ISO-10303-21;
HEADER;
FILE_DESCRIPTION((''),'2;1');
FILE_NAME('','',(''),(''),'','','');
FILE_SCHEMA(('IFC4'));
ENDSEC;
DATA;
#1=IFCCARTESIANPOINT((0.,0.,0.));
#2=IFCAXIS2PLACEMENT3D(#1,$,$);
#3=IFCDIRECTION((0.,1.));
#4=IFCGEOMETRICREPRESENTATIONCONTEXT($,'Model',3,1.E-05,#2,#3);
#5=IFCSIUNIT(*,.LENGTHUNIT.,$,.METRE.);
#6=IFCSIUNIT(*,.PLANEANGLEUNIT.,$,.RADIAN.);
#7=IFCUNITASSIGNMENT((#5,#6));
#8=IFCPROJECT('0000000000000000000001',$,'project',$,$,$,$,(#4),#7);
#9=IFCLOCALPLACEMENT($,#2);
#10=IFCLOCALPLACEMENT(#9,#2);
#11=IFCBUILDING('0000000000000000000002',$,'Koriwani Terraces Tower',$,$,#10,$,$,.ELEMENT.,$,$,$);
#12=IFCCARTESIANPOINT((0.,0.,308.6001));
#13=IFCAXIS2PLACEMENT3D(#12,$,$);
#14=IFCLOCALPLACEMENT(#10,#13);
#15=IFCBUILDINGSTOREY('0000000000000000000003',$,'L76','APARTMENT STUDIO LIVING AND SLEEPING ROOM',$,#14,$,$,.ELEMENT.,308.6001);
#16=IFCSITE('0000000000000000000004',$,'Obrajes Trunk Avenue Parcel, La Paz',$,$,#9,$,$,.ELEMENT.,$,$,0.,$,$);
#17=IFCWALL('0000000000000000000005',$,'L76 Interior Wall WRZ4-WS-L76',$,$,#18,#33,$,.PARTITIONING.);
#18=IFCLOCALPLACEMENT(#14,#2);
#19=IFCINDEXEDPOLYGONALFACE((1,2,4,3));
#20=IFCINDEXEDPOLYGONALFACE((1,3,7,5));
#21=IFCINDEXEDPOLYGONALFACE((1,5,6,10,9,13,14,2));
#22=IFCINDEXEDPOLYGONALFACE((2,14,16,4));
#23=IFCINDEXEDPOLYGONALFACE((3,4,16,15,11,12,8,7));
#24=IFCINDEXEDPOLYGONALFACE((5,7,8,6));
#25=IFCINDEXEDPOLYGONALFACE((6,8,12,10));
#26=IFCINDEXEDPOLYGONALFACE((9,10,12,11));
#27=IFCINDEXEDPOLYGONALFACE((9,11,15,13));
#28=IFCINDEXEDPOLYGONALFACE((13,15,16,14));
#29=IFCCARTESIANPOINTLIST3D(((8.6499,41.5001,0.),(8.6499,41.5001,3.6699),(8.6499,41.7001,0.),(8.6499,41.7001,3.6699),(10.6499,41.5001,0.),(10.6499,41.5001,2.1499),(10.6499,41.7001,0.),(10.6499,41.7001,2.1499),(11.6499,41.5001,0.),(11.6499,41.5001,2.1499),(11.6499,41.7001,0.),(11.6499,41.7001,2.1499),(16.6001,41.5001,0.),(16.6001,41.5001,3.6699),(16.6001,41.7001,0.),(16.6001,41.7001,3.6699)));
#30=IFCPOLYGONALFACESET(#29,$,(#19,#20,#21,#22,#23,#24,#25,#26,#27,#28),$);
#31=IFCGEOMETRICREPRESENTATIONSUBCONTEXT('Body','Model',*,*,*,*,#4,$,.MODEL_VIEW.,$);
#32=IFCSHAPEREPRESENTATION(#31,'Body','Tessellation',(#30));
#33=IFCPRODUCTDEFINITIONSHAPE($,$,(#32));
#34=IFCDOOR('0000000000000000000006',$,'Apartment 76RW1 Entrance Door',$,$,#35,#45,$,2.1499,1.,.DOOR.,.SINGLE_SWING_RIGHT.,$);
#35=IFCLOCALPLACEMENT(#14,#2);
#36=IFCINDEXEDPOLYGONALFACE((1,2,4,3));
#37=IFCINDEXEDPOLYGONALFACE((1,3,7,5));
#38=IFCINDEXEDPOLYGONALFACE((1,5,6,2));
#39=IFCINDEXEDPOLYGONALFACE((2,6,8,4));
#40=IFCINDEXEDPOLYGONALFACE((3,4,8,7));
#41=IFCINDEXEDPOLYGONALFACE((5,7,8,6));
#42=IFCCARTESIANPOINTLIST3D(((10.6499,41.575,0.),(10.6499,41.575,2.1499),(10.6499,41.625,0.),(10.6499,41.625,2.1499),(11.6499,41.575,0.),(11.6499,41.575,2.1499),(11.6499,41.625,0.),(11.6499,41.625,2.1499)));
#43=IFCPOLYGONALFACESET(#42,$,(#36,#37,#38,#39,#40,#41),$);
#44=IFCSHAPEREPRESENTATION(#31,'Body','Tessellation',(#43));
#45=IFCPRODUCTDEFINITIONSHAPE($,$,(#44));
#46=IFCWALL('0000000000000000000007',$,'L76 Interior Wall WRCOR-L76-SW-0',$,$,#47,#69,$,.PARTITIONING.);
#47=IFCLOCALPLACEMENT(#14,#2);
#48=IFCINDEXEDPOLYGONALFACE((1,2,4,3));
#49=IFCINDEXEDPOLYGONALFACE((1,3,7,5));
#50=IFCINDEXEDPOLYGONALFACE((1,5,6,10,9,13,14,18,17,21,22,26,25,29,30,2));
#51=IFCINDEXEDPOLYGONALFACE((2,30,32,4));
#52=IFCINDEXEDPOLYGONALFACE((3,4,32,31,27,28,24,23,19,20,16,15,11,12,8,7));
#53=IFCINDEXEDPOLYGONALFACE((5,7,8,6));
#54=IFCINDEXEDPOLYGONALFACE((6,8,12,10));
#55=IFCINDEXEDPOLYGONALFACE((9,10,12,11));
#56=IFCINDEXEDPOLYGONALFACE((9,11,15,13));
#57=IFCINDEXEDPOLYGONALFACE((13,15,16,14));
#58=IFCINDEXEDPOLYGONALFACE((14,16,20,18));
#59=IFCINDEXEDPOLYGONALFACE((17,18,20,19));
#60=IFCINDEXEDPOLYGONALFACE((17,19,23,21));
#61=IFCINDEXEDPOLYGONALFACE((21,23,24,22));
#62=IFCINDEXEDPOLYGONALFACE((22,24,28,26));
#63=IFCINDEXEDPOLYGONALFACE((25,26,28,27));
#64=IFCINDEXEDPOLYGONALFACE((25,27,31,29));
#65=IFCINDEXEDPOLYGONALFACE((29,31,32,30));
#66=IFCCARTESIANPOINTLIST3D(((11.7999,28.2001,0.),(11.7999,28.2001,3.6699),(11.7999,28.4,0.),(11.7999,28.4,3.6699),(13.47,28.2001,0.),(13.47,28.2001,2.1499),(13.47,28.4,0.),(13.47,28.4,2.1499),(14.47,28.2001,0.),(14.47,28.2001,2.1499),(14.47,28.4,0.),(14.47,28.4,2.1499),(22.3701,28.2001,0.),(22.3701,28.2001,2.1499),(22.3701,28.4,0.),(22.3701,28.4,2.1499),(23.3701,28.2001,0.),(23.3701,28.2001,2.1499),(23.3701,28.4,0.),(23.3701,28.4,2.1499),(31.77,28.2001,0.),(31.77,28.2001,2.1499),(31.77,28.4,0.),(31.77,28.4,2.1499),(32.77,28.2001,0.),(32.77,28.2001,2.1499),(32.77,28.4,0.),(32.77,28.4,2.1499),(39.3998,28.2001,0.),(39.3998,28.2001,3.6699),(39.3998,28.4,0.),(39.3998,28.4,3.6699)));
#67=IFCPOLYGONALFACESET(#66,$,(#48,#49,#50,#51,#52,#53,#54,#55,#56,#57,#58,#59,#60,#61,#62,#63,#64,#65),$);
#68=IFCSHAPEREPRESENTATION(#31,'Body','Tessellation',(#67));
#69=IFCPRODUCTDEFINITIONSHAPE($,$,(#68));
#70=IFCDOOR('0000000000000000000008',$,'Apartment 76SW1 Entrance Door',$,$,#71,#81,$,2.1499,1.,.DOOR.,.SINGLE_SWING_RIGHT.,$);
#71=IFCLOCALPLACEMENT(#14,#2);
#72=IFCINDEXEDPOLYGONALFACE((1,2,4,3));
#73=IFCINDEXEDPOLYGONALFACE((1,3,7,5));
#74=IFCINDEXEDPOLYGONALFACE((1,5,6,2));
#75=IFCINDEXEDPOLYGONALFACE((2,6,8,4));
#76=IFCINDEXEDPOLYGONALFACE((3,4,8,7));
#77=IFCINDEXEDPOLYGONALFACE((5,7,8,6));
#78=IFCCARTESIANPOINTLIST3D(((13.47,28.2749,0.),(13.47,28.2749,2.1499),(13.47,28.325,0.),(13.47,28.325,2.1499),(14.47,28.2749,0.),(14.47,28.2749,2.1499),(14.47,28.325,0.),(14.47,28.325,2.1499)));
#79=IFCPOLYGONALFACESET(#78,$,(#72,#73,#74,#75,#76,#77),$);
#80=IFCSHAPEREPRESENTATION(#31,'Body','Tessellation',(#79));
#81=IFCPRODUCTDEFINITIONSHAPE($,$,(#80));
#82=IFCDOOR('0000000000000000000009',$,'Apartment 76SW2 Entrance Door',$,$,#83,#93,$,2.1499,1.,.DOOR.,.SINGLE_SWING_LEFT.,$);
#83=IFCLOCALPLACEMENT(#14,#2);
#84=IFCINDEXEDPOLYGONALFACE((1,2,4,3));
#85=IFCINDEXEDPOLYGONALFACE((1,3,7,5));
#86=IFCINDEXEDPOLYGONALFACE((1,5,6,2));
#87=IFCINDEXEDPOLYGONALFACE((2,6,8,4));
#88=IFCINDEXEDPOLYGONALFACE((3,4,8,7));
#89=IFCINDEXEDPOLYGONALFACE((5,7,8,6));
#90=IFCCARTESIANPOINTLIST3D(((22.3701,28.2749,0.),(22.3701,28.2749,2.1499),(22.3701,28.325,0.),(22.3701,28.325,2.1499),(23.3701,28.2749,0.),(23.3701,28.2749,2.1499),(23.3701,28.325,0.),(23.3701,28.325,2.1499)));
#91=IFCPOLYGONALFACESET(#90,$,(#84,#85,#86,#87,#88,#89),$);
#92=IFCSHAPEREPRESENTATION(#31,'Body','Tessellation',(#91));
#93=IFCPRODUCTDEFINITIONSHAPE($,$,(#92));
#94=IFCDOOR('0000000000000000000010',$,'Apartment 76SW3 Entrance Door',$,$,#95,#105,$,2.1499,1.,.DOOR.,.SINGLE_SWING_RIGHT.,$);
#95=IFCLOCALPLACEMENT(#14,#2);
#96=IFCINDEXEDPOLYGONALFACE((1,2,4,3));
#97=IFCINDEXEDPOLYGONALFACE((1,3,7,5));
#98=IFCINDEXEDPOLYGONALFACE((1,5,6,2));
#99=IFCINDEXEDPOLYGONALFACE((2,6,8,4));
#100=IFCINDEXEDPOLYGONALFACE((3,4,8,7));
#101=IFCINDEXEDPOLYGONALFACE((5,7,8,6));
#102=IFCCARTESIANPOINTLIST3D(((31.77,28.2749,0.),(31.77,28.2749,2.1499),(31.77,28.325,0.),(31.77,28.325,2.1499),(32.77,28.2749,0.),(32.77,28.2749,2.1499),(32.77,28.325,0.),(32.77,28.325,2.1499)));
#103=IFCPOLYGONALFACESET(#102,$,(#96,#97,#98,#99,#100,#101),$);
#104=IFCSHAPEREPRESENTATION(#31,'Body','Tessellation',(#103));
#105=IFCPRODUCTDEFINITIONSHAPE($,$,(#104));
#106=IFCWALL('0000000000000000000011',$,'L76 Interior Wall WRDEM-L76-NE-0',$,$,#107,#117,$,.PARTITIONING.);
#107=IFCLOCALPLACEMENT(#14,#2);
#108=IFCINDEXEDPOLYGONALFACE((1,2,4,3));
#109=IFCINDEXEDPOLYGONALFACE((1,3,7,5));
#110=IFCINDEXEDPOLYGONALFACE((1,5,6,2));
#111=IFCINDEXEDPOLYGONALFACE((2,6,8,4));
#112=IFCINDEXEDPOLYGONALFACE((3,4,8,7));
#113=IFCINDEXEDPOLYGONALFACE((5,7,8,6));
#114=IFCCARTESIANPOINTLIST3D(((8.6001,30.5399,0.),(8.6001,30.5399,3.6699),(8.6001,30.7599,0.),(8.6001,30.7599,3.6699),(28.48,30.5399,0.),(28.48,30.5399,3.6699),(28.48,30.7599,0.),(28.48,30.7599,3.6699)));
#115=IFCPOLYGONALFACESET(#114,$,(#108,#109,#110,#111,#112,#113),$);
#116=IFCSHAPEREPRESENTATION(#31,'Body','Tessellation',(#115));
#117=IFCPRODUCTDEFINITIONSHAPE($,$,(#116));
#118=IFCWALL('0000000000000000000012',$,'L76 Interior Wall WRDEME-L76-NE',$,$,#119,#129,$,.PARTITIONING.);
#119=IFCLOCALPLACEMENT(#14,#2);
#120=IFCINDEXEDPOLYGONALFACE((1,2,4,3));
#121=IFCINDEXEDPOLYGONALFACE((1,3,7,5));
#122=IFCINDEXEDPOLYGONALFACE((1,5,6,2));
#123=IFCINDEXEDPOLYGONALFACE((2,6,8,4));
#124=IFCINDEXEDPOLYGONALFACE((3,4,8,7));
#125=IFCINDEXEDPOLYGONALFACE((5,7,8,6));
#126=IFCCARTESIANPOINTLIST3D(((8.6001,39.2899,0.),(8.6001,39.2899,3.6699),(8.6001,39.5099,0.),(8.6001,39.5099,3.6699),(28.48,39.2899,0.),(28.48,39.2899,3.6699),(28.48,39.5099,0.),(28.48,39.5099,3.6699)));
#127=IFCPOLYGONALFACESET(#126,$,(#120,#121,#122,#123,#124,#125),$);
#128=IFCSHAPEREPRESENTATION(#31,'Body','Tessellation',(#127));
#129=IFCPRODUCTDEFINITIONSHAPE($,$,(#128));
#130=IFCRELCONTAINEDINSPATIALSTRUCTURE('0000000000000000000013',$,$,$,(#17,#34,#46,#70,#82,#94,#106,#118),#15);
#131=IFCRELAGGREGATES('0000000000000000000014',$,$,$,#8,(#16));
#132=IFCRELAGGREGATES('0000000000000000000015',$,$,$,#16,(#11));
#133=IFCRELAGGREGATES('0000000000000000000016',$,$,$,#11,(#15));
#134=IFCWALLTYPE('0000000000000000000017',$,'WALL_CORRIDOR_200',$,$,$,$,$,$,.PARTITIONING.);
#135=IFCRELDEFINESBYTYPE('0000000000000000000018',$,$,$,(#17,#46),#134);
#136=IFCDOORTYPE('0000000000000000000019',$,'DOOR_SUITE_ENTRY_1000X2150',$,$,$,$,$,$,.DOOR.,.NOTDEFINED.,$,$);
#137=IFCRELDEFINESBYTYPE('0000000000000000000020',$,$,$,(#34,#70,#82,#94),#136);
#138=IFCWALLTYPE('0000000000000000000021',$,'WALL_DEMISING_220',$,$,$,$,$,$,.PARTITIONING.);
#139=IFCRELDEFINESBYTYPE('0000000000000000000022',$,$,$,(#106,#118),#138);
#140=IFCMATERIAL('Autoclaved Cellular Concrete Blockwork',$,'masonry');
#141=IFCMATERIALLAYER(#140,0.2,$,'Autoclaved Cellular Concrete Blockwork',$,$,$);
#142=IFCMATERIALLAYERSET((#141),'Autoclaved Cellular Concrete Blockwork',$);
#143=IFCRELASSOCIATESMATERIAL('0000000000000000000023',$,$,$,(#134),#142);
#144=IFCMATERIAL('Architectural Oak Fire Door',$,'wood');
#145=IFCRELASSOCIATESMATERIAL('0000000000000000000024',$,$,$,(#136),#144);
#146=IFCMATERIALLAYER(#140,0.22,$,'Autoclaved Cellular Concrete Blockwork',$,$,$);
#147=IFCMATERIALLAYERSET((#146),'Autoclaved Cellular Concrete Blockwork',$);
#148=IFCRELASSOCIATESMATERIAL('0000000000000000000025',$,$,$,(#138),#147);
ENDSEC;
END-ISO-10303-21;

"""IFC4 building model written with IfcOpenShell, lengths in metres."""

from ifc_helpers import new_model, si_unit, direction, frame, frame_2d, origin, place, context, subcontext, project, spatial, rectangle, extrude, material, layer, layer_set, type_object, element, fill, save


model = new_model("IFC4")

# Units and contexts
model_context = context("Model", 3, precision=1e-05, world=origin(), true_north=direction((0.0, 1.0)))
body_context = subcontext(model_context, "Body", "Model", "MODEL_VIEW")
ifc_project = project(units=[si_unit("LENGTHUNIT", "METRE"), si_unit("PLANEANGLEUNIT", "RADIAN")], contexts=[model_context])

# Site, building, storey
site_placement = place(None, origin())
site = spatial("IfcSite", under=ifc_project, at=site_placement, Name="Obrajes Trunk Avenue Parcel, La Paz", CompositionType="ELEMENT", RefElevation=0.0)
building_placement = place(site_placement, origin())
building = spatial("IfcBuilding", under=site, at=building_placement, Name="Koriwani Terraces Tower", CompositionType="ELEMENT")
storey_placement = place(building_placement, frame((0.0, 0.0, 308.6001)))
storey = spatial("IfcBuildingStorey", under=building, at=storey_placement, Name="L76", Description="APARTMENT STUDIO LIVING AND SLEEPING ROOM", CompositionType="ELEMENT", Elevation=308.6001)

# Wall, opening, door
ifc_material_1 = material(Name="Autoclaved Cellular Concrete Blockwork", Category="masonry")
ifc_layer_1 = layer(ifc_material_1, 0.2, Name="Autoclaved Cellular Concrete Blockwork")
ifc_layer_set_1 = layer_set([ifc_layer_1], Name="Autoclaved Cellular Concrete Blockwork")
wall_type_1 = type_object("IfcWallType", Name="WALL_CORRIDOR_200", PredefinedType="PARTITIONING", material=ifc_layer_set_1)
wall_1_placement = place(storey_placement, frame((8.6499, 41.6001, 0.0), z_axis=(0.0, 0.0, 1.0), x_axis=(1.0, 0.0, 0.0)))
wall_1 = element("IfcWall", 1, at=wall_1_placement, inside=storey, type_object=wall_type_1, Name="L76 Interior Wall WRZ4-WS-L76", PredefinedType="PARTITIONING", context=body_context, shape_type="SweptSolid", body=[
    extrude(rectangle(XDim=7.9502, YDim=0.2, at=frame_2d((3.9751, 0.0))), origin(), (0.0, 0.0, 1.0), 3.6699),
])
opening_1_placement = place(wall_1_placement, frame((2.0, 0.0, 0.0)))
opening_1 = element("IfcOpeningElement", 2, at=opening_1_placement, cuts=wall_1, PredefinedType="OPENING", context=body_context, shape_type="SweptSolid", body=[
    extrude(rectangle(XDim=1.0, YDim=2.1499, at=frame_2d((0.5, 1.075))), frame((0.0, 0.1099, 0.0), z_axis=(0.0, -1.0, 0.0), x_axis=(1.0, 0.0, 0.0)), (0.0, 0.0, 1.0), 0.22),
])
ifc_material_2 = material(Name="Architectural Oak Fire Door", Category="wood")
door_type_1 = type_object("IfcDoorType", Name="DOOR_SUITE_ENTRY_1000X2150", OperationType="NOTDEFINED", PredefinedType="DOOR", material=ifc_material_2)
door_1_placement = place(opening_1_placement, origin())
door_1 = element("IfcDoor", 3, at=door_1_placement, inside=storey, type_object=door_type_1, Name="Apartment 76RW1 Entrance Door", OperationType="SINGLE_SWING_RIGHT", OverallHeight=2.1499, OverallWidth=1.0, PredefinedType="DOOR", context=body_context, shape_type="SweptSolid", body=[
    extrude(rectangle(XDim=1.0, YDim=2.1499, at=frame_2d((0.5, 1.075))), frame((0.0, 0.0249, 0.0), z_axis=(0.0, -1.0, 0.0), x_axis=(1.0, 0.0, 0.0)), (0.0, 0.0, 1.0), 0.05),
])
fill(opening_1, door_1)

# Wall, openings, doors
wall_2_placement = place(storey_placement, frame((11.8, 28.3, 0.0), z_axis=(0.0, 0.0, 1.0), x_axis=(1.0, 0.0, 0.0)))
wall_2 = element("IfcWall", 4, at=wall_2_placement, inside=storey, type_object=wall_type_1, Name="L76 Interior Wall WRCOR-L76-SW-0", PredefinedType="PARTITIONING", context=body_context, shape_type="SweptSolid", body=[
    extrude(rectangle(XDim=27.5999, YDim=0.2, at=frame_2d((13.7998, 0.0))), origin(), (0.0, 0.0, 1.0), 3.6699),
])
opening_2_placement = place(wall_2_placement, frame((1.6699, 0.0, 0.0)))
opening_2 = element("IfcOpeningElement", 5, at=opening_2_placement, cuts=wall_2, PredefinedType="OPENING", context=body_context, shape_type="SweptSolid", body=[
    extrude(rectangle(XDim=1.0, YDim=2.1499, at=frame_2d((0.5, 1.075))), frame((0.0, 0.1099, 0.0), z_axis=(0.0, -1.0, 0.0), x_axis=(1.0, 0.0, 0.0)), (0.0, 0.0, 1.0), 0.22),
])
opening_3_placement = place(wall_2_placement, frame((10.5701, 0.0, 0.0)))
opening_3 = element("IfcOpeningElement", 6, at=opening_3_placement, cuts=wall_2, PredefinedType="OPENING", context=body_context, shape_type="SweptSolid", body=[
    extrude(rectangle(XDim=1.0, YDim=2.1499, at=frame_2d((0.5, 1.075))), frame((0.0, 0.1099, 0.0), z_axis=(0.0, -1.0, 0.0), x_axis=(1.0, 0.0, 0.0)), (0.0, 0.0, 1.0), 0.22),
])
opening_4_placement = place(wall_2_placement, frame((19.97, 0.0, 0.0)))
opening_4 = element("IfcOpeningElement", 7, at=opening_4_placement, cuts=wall_2, PredefinedType="OPENING", context=body_context, shape_type="SweptSolid", body=[
    extrude(rectangle(XDim=1.0, YDim=2.1499, at=frame_2d((0.5, 1.075))), frame((0.0, 0.1099, 0.0), z_axis=(0.0, -1.0, 0.0), x_axis=(1.0, 0.0, 0.0)), (0.0, 0.0, 1.0), 0.22),
])
door_2_placement = place(opening_2_placement, origin())
door_2 = element("IfcDoor", 8, at=door_2_placement, inside=storey, type_object=door_type_1, Name="Apartment 76SW1 Entrance Door", OperationType="SINGLE_SWING_RIGHT", OverallHeight=2.1499, OverallWidth=1.0, PredefinedType="DOOR", context=body_context, shape_type="SweptSolid", body=[
    extrude(rectangle(XDim=1.0, YDim=2.1499, at=frame_2d((0.5, 1.075))), frame((0.0, 0.0249, 0.0), z_axis=(0.0, -1.0, 0.0), x_axis=(1.0, 0.0, 0.0)), (0.0, 0.0, 1.0), 0.05),
])
fill(opening_2, door_2)
door_3_placement = place(opening_3_placement, origin())
door_3 = element("IfcDoor", 9, at=door_3_placement, inside=storey, type_object=door_type_1, Name="Apartment 76SW2 Entrance Door", OperationType="SINGLE_SWING_LEFT", OverallHeight=2.1499, OverallWidth=1.0, PredefinedType="DOOR", context=body_context, shape_type="SweptSolid", body=[
    extrude(rectangle(XDim=1.0, YDim=2.1499, at=frame_2d((0.5, 1.075))), frame((0.0, 0.0249, 0.0), z_axis=(0.0, -1.0, 0.0), x_axis=(1.0, 0.0, 0.0)), (0.0, 0.0, 1.0), 0.05),
])
fill(opening_3, door_3)
door_4_placement = place(opening_4_placement, origin())
door_4 = element("IfcDoor", 10, at=door_4_placement, inside=storey, type_object=door_type_1, Name="Apartment 76SW3 Entrance Door", OperationType="SINGLE_SWING_RIGHT", OverallHeight=2.1499, OverallWidth=1.0, PredefinedType="DOOR", context=body_context, shape_type="SweptSolid", body=[
    extrude(rectangle(XDim=1.0, YDim=2.1499, at=frame_2d((0.5, 1.075))), frame((0.0, 0.0249, 0.0), z_axis=(0.0, -1.0, 0.0), x_axis=(1.0, 0.0, 0.0)), (0.0, 0.0, 1.0), 0.05),
])
fill(opening_4, door_4)

# Walls
ifc_layer_2 = layer(ifc_material_1, 0.22, Name="Autoclaved Cellular Concrete Blockwork")
ifc_layer_set_2 = layer_set([ifc_layer_2], Name="Autoclaved Cellular Concrete Blockwork")
wall_type_2 = type_object("IfcWallType", Name="WALL_DEMISING_220", PredefinedType="PARTITIONING", material=ifc_layer_set_2)
for number, where, z_axis, x_axis, name in (
    (11, (8.6001, 30.6499, 0.0), (0.0, 0.0, 1.0), (1.0, 0.0, 0.0), "L76 Interior Wall WRDEM-L76-NE-0"),
    (12, (8.6001, 39.3999, 0.0), (0.0, 0.0, 1.0), (1.0, 0.0, 0.0), "L76 Interior Wall WRDEME-L76-NE"),
):
    element("IfcWall", number, at=place(storey_placement, frame(where, z_axis=z_axis, x_axis=x_axis)), inside=storey, type_object=wall_type_2, Name=name, PredefinedType="PARTITIONING", context=body_context, shape_type="SweptSolid", body=[
        extrude(rectangle(XDim=19.8799, YDim=0.22, at=frame_2d((9.9399, 0.0))), origin(), (0.0, 0.0, 1.0), 3.6699),
    ])

save(model, "model.ifc")
